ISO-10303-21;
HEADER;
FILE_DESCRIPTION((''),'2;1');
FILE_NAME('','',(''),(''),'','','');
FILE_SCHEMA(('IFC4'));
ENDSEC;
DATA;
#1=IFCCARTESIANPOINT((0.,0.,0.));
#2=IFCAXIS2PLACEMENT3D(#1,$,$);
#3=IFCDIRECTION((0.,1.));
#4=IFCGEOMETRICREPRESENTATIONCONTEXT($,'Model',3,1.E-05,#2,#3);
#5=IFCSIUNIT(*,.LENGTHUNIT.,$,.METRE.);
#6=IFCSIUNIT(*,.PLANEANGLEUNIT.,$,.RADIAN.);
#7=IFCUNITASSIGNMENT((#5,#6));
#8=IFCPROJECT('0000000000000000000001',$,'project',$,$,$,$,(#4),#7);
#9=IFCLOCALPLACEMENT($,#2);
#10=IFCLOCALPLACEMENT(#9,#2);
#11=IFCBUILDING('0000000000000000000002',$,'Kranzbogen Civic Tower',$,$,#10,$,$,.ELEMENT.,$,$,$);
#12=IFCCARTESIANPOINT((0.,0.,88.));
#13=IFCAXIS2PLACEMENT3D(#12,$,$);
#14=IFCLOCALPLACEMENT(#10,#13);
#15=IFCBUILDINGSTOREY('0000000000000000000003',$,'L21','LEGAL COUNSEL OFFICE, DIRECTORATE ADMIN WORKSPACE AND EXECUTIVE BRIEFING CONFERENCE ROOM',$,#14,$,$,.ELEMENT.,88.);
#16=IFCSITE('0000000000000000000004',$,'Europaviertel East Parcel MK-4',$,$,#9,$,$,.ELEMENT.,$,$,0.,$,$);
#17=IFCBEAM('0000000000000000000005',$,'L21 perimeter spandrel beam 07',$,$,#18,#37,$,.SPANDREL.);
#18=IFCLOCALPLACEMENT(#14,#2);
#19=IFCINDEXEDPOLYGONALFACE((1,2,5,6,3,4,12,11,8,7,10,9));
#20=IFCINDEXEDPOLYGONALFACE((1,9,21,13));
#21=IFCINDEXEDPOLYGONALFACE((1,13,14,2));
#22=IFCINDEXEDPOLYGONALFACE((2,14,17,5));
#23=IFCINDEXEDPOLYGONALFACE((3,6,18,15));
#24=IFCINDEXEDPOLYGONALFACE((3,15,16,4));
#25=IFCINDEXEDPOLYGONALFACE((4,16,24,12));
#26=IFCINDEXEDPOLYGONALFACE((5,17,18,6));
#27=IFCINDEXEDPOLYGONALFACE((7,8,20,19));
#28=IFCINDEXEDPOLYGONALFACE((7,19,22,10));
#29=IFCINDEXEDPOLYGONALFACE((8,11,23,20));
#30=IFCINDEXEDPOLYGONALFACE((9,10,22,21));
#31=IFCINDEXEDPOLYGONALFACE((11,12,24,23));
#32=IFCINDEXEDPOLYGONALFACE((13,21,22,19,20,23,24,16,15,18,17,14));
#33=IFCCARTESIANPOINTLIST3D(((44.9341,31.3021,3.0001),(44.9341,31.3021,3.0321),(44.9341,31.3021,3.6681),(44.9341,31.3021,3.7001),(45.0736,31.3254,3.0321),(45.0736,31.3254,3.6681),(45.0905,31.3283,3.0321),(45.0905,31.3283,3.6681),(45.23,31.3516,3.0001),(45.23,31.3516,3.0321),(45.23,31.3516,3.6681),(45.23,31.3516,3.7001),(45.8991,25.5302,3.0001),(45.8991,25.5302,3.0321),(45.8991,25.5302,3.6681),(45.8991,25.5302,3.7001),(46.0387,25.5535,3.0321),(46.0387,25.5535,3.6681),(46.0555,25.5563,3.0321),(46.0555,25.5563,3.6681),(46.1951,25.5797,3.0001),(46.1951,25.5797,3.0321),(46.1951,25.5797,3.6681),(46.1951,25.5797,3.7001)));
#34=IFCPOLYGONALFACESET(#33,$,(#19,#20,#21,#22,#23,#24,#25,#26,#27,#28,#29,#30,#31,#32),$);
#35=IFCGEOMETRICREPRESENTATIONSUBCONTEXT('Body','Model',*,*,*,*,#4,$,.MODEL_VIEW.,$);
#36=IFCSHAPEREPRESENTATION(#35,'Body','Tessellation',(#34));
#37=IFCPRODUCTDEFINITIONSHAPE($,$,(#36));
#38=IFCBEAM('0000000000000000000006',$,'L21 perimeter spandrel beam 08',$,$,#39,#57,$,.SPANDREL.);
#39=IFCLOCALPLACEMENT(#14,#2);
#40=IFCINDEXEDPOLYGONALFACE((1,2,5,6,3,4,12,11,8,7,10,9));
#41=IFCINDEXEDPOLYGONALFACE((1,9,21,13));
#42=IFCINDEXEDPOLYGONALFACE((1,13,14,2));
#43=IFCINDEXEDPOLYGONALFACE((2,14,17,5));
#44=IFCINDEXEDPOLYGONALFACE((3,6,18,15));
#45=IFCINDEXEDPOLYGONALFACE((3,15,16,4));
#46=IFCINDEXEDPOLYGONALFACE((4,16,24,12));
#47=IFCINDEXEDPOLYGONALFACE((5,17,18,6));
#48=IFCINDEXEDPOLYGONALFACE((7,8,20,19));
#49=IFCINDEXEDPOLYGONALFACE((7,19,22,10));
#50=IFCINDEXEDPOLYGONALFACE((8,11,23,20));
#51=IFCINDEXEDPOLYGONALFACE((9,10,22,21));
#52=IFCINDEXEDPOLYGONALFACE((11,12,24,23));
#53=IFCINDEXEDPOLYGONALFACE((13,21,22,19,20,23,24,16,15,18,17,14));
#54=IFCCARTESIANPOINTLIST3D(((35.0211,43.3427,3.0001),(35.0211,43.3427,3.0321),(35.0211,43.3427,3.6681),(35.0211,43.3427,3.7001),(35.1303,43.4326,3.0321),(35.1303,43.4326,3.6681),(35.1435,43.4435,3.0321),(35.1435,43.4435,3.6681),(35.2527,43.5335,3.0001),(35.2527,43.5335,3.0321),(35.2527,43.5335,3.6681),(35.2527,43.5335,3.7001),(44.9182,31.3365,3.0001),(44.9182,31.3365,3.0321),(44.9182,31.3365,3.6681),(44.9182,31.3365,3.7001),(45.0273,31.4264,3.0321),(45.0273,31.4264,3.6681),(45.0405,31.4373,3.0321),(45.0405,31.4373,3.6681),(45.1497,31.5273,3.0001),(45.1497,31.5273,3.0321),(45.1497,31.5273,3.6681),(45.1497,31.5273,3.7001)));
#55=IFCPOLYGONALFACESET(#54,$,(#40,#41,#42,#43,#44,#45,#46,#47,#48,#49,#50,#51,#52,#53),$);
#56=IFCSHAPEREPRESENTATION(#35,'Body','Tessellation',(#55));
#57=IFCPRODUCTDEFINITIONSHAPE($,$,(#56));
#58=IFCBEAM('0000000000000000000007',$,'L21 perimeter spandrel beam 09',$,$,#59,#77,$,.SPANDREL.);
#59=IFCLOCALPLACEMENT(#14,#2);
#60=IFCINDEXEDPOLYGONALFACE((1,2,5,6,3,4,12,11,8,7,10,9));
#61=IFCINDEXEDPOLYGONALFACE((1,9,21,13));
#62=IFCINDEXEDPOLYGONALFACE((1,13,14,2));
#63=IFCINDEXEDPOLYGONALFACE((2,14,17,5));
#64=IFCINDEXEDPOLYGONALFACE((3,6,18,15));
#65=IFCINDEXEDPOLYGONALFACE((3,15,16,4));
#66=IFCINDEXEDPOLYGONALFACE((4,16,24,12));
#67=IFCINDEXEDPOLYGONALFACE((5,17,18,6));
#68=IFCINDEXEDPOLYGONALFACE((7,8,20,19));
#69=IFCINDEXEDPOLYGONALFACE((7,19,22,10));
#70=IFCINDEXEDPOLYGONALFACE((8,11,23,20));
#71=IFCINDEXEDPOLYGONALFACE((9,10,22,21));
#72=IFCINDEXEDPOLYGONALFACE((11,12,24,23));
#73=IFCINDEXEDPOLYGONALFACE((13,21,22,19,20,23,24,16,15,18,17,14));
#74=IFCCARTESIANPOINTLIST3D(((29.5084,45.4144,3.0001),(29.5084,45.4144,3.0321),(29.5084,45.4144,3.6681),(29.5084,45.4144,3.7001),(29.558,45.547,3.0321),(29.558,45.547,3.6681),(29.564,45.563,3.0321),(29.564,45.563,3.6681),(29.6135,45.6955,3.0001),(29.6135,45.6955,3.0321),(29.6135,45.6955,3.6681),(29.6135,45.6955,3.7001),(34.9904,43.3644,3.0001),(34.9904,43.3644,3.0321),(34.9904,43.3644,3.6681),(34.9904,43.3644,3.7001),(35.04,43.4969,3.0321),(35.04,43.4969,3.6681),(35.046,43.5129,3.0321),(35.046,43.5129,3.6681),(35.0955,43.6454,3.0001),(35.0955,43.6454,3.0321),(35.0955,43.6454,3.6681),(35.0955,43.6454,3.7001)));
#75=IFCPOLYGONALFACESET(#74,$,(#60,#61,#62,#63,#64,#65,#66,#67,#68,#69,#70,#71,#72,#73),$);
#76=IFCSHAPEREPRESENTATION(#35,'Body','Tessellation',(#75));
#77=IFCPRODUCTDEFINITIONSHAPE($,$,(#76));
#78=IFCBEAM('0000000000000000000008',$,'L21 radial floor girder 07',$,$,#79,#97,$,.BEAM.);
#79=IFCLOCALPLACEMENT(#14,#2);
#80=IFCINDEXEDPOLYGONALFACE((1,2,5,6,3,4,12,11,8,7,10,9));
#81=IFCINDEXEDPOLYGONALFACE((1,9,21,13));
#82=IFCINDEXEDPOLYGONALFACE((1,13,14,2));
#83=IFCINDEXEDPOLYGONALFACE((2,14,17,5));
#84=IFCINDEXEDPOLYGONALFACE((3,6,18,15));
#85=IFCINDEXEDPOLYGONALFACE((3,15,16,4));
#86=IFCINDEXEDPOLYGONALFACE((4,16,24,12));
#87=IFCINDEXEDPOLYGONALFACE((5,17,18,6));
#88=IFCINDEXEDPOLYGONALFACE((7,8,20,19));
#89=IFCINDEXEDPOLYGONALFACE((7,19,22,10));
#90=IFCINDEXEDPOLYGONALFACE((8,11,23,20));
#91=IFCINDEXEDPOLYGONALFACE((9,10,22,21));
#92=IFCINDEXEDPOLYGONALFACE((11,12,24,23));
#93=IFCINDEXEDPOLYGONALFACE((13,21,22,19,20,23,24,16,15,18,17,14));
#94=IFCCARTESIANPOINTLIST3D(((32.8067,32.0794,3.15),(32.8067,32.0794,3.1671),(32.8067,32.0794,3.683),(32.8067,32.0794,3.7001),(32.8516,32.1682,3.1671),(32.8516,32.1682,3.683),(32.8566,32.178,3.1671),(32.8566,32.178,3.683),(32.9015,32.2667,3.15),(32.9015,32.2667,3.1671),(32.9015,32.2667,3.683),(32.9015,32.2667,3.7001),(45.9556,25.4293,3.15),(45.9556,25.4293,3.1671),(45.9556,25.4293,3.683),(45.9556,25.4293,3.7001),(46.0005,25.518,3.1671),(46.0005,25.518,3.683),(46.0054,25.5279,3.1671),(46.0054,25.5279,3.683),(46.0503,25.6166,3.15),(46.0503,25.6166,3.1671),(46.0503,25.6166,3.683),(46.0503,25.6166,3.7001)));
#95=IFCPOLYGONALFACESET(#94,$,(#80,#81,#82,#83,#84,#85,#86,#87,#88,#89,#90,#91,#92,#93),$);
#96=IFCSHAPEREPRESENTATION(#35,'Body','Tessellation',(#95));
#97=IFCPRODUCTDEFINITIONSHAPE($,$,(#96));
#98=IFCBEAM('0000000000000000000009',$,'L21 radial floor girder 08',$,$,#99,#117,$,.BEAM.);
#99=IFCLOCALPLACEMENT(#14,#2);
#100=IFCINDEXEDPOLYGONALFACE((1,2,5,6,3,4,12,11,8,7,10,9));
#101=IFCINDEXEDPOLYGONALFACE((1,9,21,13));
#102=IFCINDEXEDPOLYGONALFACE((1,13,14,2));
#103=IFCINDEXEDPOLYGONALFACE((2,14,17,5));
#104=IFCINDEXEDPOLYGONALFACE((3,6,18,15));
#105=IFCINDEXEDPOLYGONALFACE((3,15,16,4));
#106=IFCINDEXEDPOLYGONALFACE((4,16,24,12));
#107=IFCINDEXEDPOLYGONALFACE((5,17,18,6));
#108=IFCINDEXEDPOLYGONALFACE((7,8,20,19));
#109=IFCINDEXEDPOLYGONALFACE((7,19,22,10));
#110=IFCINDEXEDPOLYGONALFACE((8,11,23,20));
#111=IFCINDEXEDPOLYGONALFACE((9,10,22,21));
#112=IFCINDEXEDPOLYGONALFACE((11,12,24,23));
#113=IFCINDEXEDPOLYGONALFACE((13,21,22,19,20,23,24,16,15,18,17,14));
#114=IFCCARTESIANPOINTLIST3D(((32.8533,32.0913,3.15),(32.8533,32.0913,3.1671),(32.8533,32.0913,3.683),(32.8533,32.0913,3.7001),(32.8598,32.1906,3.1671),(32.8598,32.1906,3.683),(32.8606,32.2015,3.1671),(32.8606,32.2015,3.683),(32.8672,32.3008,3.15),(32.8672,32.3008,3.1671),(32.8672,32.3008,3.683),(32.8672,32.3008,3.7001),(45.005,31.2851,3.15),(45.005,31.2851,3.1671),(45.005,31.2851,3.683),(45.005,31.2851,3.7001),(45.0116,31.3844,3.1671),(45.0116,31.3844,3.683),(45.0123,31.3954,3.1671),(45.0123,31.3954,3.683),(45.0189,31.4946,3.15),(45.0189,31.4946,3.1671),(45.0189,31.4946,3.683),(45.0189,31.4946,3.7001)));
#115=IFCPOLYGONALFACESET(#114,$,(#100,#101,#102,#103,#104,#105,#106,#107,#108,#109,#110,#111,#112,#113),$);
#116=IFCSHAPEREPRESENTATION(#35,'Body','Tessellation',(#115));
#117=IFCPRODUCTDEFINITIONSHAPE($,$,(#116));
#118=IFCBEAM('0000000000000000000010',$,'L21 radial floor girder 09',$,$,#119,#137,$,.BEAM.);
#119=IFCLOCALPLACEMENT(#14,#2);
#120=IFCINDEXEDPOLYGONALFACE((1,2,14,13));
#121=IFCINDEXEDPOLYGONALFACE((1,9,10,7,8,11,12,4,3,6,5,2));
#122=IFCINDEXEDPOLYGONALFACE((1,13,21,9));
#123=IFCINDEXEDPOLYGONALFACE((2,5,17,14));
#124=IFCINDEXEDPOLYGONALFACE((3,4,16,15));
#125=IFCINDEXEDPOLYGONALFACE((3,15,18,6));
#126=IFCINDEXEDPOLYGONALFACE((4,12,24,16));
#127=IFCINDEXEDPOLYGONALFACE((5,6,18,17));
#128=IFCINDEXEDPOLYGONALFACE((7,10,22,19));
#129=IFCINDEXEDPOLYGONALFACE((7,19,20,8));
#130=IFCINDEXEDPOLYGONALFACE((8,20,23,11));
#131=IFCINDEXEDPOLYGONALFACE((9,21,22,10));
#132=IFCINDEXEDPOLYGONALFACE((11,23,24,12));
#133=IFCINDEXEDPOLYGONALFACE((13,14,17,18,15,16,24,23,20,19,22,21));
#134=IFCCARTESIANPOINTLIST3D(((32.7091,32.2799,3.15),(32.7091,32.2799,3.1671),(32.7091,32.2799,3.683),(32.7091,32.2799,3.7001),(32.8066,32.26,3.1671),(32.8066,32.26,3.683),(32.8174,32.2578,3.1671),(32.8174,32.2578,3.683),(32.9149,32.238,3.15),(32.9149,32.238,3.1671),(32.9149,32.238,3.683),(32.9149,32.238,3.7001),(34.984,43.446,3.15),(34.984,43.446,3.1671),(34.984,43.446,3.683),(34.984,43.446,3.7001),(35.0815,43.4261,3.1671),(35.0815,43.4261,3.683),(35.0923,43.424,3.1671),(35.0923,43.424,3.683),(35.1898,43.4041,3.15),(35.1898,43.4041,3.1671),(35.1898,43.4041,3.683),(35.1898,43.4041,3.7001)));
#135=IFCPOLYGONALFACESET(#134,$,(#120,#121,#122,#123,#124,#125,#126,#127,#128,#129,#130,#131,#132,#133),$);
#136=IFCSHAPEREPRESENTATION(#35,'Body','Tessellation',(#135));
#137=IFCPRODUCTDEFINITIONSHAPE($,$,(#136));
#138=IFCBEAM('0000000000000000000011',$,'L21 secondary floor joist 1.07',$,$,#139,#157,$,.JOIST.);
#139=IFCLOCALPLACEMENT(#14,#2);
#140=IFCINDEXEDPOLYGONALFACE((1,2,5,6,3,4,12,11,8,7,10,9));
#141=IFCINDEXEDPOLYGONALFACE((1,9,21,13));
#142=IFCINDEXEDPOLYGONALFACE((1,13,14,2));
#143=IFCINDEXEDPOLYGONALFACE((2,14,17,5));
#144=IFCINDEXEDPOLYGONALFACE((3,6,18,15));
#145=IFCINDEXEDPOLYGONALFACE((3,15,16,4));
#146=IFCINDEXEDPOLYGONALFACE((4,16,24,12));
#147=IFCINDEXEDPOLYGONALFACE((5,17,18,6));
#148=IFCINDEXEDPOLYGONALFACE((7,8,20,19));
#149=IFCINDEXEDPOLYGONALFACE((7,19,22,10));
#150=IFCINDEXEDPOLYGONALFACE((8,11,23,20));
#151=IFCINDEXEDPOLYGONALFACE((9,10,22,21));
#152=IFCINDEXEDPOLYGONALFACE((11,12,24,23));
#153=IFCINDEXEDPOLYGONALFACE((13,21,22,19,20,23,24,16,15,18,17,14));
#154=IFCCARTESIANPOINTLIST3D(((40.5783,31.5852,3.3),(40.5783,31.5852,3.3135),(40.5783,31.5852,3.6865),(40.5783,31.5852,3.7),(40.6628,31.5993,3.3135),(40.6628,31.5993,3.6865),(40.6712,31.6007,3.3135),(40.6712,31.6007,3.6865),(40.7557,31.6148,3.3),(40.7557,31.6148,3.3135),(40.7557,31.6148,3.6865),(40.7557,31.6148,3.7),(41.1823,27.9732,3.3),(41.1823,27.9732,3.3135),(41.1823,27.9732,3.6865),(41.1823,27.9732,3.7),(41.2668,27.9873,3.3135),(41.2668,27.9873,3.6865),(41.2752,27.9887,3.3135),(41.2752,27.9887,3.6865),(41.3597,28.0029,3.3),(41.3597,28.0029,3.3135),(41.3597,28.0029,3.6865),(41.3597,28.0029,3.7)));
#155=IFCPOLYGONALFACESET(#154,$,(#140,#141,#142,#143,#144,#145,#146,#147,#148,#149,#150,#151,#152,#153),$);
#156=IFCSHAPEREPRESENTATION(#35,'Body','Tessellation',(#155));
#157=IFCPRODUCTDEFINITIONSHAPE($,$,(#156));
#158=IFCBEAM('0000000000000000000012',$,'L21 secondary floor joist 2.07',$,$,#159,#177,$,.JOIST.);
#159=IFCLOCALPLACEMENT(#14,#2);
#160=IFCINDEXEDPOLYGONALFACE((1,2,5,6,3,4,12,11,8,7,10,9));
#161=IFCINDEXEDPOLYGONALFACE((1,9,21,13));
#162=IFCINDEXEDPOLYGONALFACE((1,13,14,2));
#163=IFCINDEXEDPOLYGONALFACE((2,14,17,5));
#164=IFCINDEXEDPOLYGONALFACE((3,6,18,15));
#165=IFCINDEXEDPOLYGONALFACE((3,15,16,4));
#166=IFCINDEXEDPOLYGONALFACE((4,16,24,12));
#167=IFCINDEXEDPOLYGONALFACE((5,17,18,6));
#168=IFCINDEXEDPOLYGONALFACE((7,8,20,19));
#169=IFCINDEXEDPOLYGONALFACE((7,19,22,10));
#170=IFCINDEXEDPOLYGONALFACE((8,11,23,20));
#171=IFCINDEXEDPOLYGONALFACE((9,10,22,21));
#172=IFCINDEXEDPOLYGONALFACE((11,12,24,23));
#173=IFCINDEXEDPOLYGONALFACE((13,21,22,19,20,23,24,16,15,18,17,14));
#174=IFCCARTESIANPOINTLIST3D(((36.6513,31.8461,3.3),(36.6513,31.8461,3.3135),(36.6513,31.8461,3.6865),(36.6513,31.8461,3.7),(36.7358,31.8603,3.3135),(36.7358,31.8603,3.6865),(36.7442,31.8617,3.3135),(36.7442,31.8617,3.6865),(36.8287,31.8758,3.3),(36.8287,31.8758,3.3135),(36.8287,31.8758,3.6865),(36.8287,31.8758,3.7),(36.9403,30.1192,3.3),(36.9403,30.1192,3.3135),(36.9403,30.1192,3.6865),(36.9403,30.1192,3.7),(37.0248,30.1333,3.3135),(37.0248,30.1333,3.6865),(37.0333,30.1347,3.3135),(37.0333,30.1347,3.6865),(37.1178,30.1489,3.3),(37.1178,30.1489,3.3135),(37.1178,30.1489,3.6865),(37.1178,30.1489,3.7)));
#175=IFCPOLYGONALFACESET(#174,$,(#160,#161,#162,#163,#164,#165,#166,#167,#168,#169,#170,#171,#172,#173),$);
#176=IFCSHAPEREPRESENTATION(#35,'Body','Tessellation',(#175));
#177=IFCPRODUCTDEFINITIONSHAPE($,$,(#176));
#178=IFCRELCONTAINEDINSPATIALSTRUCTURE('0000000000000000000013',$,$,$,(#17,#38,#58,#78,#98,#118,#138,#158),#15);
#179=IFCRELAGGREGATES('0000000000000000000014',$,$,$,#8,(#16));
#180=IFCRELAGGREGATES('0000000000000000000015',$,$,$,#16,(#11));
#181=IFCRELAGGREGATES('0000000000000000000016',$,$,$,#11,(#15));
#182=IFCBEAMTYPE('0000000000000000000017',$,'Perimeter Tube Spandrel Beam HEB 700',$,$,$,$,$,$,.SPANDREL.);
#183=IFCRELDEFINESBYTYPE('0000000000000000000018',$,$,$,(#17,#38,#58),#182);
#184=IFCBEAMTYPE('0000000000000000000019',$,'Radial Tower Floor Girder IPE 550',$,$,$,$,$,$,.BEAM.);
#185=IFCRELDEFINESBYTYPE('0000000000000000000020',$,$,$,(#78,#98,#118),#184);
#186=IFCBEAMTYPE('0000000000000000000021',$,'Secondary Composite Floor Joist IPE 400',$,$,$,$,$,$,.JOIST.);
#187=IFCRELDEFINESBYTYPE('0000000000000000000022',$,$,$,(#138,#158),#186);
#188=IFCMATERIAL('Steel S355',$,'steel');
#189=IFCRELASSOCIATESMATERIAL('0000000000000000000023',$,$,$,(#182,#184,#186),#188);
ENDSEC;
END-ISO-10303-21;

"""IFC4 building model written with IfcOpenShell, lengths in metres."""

from ifc_helpers import new_model, si_unit, direction, frame, origin, origin_2d, place, context, subcontext, project, spatial, i_section, extrude, material, material_profile, profile_set, type_object, element, save


model = new_model("IFC4")

# Units and contexts
model_context = context("Model", 3, precision=1e-05, world=origin(), true_north=direction((0.0, 1.0)))
body_context = subcontext(model_context, "Body", "Model", "MODEL_VIEW")
ifc_project = project(units=[si_unit("LENGTHUNIT", "METRE"), si_unit("PLANEANGLEUNIT", "RADIAN")], contexts=[model_context])

# Site, building, storey
site_placement = place(None, origin())
site = spatial("IfcSite", under=ifc_project, at=site_placement, Name="Europaviertel East Parcel MK-4", CompositionType="ELEMENT", RefElevation=0.0)
building_placement = place(site_placement, origin())
building = spatial("IfcBuilding", under=site, at=building_placement, Name="Kranzbogen Civic Tower", CompositionType="ELEMENT")
storey_placement = place(building_placement, frame((0.0, 0.0, 88.0)))
storey = spatial("IfcBuildingStorey", under=building, at=storey_placement, Name="L21", Description="LEGAL COUNSEL OFFICE, DIRECTORATE ADMIN WORKSPACE AND EXECUTIVE BRIEFING CONFERENCE ROOM", CompositionType="ELEMENT", Elevation=88.0)

# Shared definitions
ifc_material_1 = material(Name="Steel S355", Category="steel")

# Beams
ifc_material_profile_1 = material_profile(ifc_material_1, i_section(OverallWidth=0.3, OverallDepth=0.7, WebThickness=0.0171, FlangeThickness=0.032, at=origin_2d()), Name="HEB 700")
ifc_profile_set_1 = profile_set([ifc_material_profile_1], Name="Steel S355")
beam_type_1 = type_object("IfcBeamType", Name="Perimeter Tube Spandrel Beam HEB 700", PredefinedType="SPANDREL", material=ifc_profile_set_1)
beam_1_placement = place(storey_placement, frame((46.0471, 25.5549, 3.3501), z_axis=(-0.164913, 0.986308, 0.0), x_axis=(-0.986308, -0.164913, 0.0)))
element("IfcBeam", 1, at=beam_1_placement, inside=storey, type_object=beam_type_1, Name="L21 perimeter spandrel beam 07", PredefinedType="SPANDREL", context=body_context, shape_type="SweptSolid", body=[
    extrude(i_section(OverallWidth=0.3, OverallDepth=0.7, WebThickness=0.0171, FlangeThickness=0.032, at=origin_2d()), origin(), (0.0, 0.0, 1.0), 5.8521),
])
beam_2_placement = place(storey_placement, frame((45.0339, 31.4319, 3.3501), z_axis=(-0.636075, 0.771628, 0.0), x_axis=(-0.771628, -0.636075, 0.0)))
element("IfcBeam", 2, at=beam_2_placement, inside=storey, type_object=beam_type_1, Name="L21 perimeter spandrel beam 08", PredefinedType="SPANDREL", context=body_context, shape_type="SweptSolid", body=[
    extrude(i_section(OverallWidth=0.3, OverallDepth=0.7, WebThickness=0.0171, FlangeThickness=0.032, at=origin_2d()), origin(), (0.0, 0.0, 1.0), 15.5596),
])
beam_3_placement = place(storey_placement, frame((35.043, 43.5049, 3.3501), z_axis=(-0.936648, 0.350273, 0.0), x_axis=(-0.350273, -0.936648, 0.0)))
element("IfcBeam", 3, at=beam_3_placement, inside=storey, type_object=beam_type_1, Name="L21 perimeter spandrel beam 09", PredefinedType="SPANDREL", context=body_context, shape_type="SweptSolid", body=[
    extrude(i_section(OverallWidth=0.3, OverallDepth=0.7, WebThickness=0.0171, FlangeThickness=0.032, at=origin_2d()), origin(), (0.0, 0.0, 1.0), 5.8528),
])
ifc_material_profile_2 = material_profile(ifc_material_1, i_section(OverallWidth=0.21, OverallDepth=0.55, WebThickness=0.011, FlangeThickness=0.0171, at=origin_2d()), Name="IPE 550")
ifc_profile_set_2 = profile_set([ifc_material_profile_2], Name="Steel S355")
beam_type_2 = type_object("IfcBeamType", Name="Radial Tower Floor Girder IPE 550", PredefinedType="BEAM", material=ifc_profile_set_2)
beam_4_placement = place(storey_placement, frame((46.0029, 25.5229, 3.425), z_axis=(-0.892363, 0.451318, 0.0), x_axis=(-0.451318, -0.892363, 0.0)))
element("IfcBeam", 4, at=beam_4_placement, inside=storey, type_object=beam_type_2, Name="L21 radial floor girder 07", PredefinedType="BEAM", context=body_context, shape_type="SweptSolid", body=[
    extrude(i_section(OverallWidth=0.21, OverallDepth=0.55, WebThickness=0.011, FlangeThickness=0.0171, at=origin_2d()), origin(), (0.0, 0.0, 1.0), 14.7349),
])
beam_5_placement = place(storey_placement, frame((45.012, 31.3899, 3.425), z_axis=(-0.997807, 0.066194, 0.0), x_axis=(-0.066194, -0.997807, 0.0)))
element("IfcBeam", 5, at=beam_5_placement, inside=storey, type_object=beam_type_2, Name="L21 radial floor girder 08", PredefinedType="BEAM", context=body_context, shape_type="SweptSolid", body=[
    extrude(i_section(OverallWidth=0.21, OverallDepth=0.55, WebThickness=0.011, FlangeThickness=0.0171, at=origin_2d()), origin(), (0.0, 0.0, 1.0), 12.1785),
])
beam_6_placement = place(storey_placement, frame((35.0869, 43.425, 3.425), z_axis=(-0.199633, -0.979871, 0.0), x_axis=(0.979871, -0.199633, 0.0)))
element("IfcBeam", 6, at=beam_6_placement, inside=storey, type_object=beam_type_2, Name="L21 radial floor girder 09", PredefinedType="BEAM", context=body_context, shape_type="SweptSolid", body=[
    extrude(i_section(OverallWidth=0.21, OverallDepth=0.55, WebThickness=0.011, FlangeThickness=0.0171, at=origin_2d()), origin(), (0.0, 0.0, 1.0), 11.3955),
])
ifc_material_profile_3 = material_profile(ifc_material_1, i_section(OverallWidth=0.1799, OverallDepth=0.3999, WebThickness=0.0085, FlangeThickness=0.0134, at=origin_2d()), Name="IPE 400")
ifc_profile_set_3 = profile_set([ifc_material_profile_3], Name="Steel S355")
beam_type_3 = type_object("IfcBeamType", Name="Secondary Composite Floor Joist IPE 400", PredefinedType="JOIST", material=ifc_profile_set_3)
beam_7_placement = place(storey_placement, frame((41.271, 27.988, 3.5), z_axis=(-0.164929, 0.986305, 0.0), x_axis=(-0.986305, -0.164929, 0.0)))
element("IfcBeam", 7, at=beam_7_placement, inside=storey, type_object=beam_type_3, Name="L21 secondary floor joist 1.07", PredefinedType="JOIST", context=body_context, shape_type="SweptSolid", body=[
    extrude(i_section(OverallWidth=0.1799, OverallDepth=0.3999, WebThickness=0.0085, FlangeThickness=0.0134, at=origin_2d()), origin(), (0.0, 0.0, 1.0), 3.6621),
])
beam_8_placement = place(storey_placement, frame((37.0291, 30.134, 3.5), z_axis=(-0.165077, 0.986281, 0.0), x_axis=(-0.986281, -0.165077, 0.0)))
element("IfcBeam", 8, at=beam_8_placement, inside=storey, type_object=beam_type_3, Name="L21 secondary floor joist 2.07", PredefinedType="JOIST", context=body_context, shape_type="SweptSolid", body=[
    extrude(i_section(OverallWidth=0.1799, OverallDepth=0.3999, WebThickness=0.0085, FlangeThickness=0.0134, at=origin_2d()), origin(), (0.0, 0.0, 1.0), 1.751),
])

save(model, "model.ifc")
